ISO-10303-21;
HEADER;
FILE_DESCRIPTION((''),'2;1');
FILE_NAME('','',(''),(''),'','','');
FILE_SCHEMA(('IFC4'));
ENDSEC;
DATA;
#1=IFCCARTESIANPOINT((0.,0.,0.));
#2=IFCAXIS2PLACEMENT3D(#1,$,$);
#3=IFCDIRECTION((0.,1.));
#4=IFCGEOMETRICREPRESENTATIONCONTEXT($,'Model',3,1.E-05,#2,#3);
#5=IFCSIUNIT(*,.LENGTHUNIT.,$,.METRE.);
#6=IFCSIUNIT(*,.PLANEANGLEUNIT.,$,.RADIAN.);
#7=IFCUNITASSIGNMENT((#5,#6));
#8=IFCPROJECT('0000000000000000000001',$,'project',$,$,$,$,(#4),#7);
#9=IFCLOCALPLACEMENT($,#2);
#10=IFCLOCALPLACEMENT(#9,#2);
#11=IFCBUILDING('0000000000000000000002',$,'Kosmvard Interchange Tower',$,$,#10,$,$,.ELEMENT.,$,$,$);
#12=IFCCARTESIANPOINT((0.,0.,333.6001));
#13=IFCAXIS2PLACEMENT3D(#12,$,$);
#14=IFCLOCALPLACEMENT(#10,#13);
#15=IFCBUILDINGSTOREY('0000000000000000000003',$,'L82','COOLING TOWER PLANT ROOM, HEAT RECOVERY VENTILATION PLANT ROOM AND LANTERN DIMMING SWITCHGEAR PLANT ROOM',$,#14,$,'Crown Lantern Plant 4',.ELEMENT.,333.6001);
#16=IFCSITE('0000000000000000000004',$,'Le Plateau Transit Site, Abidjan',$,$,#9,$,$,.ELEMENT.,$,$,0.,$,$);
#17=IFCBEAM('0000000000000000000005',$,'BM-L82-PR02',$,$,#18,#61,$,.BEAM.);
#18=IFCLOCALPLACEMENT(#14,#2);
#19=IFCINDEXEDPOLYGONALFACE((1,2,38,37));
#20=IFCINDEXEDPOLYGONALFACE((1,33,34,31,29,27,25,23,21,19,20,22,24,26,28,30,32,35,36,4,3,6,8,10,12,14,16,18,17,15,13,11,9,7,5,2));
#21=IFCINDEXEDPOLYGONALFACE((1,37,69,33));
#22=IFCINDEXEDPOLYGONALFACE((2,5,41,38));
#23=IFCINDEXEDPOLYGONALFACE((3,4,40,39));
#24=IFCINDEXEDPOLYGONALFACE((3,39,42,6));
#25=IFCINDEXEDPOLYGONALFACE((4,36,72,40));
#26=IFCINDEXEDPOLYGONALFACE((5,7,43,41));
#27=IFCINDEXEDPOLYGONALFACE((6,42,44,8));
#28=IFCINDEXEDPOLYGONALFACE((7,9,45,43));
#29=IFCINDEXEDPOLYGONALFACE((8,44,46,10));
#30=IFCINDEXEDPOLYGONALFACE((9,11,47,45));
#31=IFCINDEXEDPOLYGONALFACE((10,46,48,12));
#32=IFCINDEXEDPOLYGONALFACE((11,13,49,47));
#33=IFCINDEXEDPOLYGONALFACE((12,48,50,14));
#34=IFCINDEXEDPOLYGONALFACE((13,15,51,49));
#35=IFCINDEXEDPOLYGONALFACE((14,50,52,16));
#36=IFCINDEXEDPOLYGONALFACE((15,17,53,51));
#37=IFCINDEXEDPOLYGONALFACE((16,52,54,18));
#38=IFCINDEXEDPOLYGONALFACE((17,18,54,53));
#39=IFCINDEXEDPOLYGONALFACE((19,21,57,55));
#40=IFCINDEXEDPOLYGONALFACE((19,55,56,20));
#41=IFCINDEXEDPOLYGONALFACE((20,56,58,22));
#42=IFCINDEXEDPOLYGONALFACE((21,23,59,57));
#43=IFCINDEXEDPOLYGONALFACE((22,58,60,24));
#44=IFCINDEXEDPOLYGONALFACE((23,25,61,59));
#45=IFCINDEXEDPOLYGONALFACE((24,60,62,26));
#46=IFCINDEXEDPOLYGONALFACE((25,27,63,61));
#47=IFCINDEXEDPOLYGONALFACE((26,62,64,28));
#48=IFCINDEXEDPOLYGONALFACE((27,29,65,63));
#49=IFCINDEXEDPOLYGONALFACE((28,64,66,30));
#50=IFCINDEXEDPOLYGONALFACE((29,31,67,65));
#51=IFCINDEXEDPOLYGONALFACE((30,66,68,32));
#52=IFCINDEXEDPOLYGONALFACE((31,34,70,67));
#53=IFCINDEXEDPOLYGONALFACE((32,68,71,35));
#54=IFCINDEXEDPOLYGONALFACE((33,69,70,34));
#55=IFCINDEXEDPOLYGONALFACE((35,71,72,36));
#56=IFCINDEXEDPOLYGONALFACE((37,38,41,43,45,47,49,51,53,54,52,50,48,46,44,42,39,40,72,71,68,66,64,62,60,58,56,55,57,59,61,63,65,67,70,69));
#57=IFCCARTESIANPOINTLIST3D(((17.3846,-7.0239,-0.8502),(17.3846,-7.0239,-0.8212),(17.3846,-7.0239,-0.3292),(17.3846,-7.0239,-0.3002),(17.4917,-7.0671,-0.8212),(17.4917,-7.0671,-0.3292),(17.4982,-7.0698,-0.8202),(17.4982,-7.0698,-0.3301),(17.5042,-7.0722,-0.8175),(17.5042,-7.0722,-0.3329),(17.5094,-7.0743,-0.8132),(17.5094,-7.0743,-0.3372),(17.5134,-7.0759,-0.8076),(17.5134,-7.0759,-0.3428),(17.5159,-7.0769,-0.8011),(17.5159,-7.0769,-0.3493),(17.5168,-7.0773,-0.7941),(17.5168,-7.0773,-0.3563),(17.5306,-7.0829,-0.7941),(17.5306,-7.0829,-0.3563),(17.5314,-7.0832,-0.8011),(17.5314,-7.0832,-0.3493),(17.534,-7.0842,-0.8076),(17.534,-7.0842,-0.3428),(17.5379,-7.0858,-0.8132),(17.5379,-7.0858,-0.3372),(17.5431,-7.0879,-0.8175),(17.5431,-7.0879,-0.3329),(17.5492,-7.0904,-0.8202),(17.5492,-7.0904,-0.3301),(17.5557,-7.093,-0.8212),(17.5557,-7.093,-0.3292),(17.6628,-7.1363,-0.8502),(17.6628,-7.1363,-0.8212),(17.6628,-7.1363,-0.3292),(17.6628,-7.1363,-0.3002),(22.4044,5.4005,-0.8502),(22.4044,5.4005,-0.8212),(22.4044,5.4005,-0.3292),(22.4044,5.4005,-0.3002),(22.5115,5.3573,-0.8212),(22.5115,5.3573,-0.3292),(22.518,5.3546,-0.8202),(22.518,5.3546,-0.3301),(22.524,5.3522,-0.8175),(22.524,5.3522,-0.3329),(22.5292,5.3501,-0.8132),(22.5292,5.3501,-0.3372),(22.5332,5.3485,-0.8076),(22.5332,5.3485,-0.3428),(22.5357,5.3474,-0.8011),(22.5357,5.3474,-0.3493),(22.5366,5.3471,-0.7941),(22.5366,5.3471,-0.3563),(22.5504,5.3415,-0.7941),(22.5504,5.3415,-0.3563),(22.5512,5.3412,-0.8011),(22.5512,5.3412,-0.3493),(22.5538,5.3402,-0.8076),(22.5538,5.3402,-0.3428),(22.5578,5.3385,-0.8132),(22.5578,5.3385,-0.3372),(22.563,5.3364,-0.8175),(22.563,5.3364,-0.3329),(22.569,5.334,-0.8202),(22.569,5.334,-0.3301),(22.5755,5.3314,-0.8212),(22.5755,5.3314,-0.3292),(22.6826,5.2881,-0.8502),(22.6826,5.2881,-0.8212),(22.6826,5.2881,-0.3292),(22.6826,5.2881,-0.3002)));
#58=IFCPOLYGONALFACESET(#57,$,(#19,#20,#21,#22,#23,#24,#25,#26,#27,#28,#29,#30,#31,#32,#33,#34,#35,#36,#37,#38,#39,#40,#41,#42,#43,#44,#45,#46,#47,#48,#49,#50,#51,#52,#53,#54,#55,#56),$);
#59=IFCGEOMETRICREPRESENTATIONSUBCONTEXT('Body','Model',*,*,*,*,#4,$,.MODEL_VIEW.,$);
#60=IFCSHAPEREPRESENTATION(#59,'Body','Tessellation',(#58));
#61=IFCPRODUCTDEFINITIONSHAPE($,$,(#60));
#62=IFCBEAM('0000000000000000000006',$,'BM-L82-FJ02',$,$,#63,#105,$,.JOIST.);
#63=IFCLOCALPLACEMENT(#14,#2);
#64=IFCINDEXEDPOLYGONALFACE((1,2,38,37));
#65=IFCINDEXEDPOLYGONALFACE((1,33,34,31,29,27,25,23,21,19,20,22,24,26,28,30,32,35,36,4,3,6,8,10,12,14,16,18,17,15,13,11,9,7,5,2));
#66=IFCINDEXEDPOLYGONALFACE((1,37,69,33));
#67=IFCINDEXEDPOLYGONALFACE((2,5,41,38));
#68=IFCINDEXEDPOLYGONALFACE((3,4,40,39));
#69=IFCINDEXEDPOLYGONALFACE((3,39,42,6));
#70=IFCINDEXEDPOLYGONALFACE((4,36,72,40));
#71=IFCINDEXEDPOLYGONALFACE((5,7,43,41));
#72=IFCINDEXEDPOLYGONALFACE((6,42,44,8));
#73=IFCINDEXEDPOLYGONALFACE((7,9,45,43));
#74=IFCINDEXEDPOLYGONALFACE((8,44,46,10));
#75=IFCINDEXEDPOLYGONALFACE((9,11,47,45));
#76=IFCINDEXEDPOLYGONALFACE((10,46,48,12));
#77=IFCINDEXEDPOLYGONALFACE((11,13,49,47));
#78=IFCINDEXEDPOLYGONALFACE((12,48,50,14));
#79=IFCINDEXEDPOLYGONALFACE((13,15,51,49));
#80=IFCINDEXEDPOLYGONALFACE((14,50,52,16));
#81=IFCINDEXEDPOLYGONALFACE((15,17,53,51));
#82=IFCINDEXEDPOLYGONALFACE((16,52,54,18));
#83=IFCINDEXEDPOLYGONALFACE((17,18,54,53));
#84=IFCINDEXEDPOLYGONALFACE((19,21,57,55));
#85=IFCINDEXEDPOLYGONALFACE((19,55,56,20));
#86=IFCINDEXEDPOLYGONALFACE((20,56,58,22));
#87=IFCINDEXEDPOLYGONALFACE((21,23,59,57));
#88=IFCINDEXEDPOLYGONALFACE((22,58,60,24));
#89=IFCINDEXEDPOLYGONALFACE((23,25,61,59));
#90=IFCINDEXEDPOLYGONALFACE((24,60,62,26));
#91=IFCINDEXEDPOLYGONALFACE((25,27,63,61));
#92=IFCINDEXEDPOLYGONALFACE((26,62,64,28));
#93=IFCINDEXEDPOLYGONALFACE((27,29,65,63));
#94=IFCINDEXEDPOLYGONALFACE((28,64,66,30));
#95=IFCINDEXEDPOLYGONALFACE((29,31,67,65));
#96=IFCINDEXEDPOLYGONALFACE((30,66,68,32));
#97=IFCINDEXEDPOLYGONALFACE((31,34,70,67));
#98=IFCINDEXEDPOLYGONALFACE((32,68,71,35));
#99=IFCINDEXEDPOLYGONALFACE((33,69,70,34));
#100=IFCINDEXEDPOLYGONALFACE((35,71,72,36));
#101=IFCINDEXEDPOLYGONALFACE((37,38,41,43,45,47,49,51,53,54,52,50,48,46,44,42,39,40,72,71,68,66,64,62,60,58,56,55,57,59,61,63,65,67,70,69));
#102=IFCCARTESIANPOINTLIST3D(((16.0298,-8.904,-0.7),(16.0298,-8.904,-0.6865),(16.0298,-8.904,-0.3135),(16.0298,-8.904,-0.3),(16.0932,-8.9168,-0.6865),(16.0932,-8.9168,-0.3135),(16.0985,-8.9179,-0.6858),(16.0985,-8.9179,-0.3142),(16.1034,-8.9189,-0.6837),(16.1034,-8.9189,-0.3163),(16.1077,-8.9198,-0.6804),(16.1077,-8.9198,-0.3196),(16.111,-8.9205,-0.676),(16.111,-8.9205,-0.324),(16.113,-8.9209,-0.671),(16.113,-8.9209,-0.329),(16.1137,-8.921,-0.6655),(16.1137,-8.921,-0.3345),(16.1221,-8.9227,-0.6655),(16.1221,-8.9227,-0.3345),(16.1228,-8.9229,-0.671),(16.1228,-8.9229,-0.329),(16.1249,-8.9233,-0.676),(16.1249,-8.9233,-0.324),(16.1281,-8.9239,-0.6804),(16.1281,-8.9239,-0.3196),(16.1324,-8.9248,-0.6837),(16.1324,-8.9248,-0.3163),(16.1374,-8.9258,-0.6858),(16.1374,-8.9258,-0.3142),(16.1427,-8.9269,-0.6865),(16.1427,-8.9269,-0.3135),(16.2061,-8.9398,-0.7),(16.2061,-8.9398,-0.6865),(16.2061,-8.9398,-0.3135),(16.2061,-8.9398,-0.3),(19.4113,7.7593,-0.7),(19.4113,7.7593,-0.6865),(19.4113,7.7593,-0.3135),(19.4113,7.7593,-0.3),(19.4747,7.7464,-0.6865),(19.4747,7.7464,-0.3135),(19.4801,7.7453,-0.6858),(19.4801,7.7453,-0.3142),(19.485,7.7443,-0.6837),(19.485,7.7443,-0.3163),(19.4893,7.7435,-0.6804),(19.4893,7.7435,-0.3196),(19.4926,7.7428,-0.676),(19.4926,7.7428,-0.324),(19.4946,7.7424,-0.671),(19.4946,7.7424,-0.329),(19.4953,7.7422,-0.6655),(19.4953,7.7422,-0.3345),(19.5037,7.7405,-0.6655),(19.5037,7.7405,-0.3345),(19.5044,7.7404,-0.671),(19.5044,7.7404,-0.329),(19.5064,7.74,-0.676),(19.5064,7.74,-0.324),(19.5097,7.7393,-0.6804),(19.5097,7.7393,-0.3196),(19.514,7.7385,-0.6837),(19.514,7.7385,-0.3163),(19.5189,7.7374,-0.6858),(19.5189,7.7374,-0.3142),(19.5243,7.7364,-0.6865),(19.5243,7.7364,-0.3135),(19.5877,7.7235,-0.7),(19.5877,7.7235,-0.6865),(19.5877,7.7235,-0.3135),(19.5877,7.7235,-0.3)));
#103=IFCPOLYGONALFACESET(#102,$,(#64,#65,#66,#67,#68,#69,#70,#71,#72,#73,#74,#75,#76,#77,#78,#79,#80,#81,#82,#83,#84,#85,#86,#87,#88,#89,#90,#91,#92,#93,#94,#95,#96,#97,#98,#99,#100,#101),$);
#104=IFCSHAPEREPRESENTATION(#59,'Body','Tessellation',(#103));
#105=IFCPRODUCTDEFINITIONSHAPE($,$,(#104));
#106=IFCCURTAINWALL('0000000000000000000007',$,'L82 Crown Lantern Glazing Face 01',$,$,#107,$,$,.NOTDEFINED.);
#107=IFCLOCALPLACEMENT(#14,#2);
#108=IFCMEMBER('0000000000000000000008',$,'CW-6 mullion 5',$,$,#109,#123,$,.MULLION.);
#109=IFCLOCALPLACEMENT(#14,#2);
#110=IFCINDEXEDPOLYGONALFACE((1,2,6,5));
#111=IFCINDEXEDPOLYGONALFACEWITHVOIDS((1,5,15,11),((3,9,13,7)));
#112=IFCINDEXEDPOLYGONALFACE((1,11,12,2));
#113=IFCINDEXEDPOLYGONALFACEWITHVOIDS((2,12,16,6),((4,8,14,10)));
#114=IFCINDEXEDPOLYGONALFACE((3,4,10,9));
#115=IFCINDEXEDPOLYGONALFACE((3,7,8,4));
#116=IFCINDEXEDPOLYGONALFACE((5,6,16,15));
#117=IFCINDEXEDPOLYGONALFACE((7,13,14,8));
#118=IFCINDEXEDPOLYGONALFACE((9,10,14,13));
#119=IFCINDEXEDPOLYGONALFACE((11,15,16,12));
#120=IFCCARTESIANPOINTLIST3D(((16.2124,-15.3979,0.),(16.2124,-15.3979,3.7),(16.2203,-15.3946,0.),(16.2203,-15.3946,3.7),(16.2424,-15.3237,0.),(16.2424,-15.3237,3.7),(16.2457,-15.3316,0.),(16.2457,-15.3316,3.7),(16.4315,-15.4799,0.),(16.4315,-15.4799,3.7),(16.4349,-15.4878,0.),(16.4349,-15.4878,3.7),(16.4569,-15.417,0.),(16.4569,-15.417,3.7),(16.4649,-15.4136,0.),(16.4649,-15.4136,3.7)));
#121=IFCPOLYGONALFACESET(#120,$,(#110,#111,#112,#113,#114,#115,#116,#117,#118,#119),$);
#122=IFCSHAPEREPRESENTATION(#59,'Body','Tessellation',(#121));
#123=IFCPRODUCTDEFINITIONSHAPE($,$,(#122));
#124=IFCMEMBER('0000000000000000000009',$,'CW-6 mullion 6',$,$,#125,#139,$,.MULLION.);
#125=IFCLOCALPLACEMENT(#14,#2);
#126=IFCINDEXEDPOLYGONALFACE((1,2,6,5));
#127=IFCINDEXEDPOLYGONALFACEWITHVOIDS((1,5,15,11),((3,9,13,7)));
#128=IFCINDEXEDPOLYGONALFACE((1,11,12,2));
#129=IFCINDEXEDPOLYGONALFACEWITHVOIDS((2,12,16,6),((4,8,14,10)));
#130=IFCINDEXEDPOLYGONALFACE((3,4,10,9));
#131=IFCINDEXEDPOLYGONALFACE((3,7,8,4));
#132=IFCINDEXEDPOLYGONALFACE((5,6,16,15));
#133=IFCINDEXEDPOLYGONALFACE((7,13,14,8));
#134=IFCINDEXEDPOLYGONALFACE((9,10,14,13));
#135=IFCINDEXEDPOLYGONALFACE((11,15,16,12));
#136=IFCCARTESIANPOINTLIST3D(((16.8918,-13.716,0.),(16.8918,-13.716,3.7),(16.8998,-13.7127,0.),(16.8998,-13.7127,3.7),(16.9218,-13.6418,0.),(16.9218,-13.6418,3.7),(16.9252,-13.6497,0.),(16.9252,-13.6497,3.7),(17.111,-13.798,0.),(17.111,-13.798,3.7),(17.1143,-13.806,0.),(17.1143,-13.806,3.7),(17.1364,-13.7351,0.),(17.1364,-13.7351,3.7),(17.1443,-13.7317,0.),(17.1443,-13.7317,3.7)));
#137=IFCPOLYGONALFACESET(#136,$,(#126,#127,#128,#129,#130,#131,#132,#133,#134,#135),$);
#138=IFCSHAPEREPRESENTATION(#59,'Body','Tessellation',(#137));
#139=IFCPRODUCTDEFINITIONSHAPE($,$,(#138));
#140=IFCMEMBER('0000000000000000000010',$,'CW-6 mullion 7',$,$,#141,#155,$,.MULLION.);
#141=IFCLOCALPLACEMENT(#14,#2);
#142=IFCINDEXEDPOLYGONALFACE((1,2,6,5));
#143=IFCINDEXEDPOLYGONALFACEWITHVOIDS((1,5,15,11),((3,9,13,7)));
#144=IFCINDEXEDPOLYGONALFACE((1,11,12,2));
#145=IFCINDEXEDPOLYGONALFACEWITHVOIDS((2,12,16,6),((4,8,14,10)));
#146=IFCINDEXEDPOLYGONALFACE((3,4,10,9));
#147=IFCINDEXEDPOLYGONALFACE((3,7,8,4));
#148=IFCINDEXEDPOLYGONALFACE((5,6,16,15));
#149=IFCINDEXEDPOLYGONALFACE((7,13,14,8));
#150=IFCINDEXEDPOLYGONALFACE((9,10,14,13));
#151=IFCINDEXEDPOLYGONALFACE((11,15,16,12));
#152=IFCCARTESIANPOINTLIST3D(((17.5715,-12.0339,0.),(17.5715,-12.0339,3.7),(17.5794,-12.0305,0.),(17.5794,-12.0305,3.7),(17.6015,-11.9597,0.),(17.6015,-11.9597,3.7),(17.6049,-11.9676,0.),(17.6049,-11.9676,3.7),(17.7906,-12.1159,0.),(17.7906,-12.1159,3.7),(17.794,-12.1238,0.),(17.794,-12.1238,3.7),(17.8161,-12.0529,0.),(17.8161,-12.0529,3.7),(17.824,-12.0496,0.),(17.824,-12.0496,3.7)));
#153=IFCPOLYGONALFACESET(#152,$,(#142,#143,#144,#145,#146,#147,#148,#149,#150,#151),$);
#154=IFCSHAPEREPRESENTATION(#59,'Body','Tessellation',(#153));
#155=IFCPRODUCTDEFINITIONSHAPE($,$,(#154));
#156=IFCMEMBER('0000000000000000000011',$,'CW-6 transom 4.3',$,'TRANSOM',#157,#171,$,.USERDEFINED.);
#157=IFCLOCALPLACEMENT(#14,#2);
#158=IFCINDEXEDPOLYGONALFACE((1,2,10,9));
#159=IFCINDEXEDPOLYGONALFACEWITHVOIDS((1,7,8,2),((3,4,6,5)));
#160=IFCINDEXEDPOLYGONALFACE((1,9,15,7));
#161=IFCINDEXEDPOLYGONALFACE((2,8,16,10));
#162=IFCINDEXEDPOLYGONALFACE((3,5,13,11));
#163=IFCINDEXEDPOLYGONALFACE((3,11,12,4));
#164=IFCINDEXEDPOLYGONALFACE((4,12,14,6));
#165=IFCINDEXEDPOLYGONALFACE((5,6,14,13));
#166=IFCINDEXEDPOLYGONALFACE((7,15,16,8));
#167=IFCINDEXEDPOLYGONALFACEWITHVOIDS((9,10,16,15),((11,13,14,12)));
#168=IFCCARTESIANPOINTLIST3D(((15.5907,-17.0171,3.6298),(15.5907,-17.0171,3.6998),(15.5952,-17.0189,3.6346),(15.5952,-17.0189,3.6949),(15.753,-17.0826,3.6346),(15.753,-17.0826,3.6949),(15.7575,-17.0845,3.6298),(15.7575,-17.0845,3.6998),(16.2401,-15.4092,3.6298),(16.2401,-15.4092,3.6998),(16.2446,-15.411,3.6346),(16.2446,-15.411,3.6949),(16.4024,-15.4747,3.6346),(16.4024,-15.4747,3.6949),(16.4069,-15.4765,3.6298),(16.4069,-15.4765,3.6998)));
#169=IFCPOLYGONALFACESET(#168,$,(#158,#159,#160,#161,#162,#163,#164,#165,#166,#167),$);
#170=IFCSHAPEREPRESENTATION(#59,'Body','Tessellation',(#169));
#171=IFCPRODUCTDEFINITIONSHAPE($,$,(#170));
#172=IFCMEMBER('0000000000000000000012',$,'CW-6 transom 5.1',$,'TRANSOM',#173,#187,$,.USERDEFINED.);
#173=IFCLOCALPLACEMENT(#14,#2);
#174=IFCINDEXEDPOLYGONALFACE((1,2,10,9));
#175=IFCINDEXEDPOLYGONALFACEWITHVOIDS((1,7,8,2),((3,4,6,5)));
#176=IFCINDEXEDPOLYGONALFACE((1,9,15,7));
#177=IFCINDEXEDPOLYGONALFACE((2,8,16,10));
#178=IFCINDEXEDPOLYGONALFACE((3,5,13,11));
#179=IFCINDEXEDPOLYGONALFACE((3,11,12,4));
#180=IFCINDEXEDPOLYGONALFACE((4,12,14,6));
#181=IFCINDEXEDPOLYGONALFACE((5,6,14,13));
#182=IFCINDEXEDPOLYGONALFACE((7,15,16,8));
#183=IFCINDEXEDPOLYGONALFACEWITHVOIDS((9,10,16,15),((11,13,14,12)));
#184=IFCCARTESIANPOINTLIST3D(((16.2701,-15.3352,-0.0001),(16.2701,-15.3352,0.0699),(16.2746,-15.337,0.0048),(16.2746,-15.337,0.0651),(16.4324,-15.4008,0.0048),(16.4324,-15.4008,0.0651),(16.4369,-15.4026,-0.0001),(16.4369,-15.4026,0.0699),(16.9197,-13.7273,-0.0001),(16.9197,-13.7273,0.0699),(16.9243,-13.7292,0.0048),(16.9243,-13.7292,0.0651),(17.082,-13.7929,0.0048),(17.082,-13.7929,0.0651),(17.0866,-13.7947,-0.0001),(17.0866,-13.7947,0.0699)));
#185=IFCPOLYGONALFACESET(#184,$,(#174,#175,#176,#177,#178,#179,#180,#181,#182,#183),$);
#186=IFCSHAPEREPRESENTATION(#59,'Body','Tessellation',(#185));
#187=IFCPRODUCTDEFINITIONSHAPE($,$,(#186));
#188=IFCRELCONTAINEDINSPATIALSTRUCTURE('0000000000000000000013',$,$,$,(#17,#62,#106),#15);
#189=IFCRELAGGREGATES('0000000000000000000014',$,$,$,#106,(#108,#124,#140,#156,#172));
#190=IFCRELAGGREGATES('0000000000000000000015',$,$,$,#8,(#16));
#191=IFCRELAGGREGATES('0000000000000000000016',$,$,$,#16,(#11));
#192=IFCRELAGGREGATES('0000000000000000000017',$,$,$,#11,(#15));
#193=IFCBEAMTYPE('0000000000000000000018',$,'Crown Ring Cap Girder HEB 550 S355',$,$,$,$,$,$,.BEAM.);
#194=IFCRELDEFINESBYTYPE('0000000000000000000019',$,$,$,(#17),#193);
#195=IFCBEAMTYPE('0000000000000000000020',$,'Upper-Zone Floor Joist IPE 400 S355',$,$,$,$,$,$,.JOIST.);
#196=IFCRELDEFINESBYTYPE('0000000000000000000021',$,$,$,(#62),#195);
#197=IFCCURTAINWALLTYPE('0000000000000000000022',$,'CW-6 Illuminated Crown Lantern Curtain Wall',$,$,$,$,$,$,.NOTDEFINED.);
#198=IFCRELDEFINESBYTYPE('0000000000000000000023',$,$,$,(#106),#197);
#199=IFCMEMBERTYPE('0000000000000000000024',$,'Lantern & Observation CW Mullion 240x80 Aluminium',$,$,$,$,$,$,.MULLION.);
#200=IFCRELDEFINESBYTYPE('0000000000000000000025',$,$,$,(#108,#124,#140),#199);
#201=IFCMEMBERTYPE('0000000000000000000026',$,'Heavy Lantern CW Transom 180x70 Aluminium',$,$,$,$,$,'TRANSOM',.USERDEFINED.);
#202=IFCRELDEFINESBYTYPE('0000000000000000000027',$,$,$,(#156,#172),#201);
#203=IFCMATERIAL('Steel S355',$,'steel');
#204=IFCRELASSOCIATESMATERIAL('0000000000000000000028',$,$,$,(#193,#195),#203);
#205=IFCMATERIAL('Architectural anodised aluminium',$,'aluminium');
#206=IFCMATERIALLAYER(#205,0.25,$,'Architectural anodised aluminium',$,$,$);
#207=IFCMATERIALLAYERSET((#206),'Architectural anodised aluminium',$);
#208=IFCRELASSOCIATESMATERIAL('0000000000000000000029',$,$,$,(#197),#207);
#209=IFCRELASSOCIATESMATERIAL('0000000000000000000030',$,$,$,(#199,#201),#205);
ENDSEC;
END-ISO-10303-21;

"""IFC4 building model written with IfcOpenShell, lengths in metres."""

from ifc_helpers import new_model, si_unit, direction, frame, origin, origin_2d, place, context, subcontext, project, spatial, hollow_rectangle, i_section, extrude, source, transform, mapped, material, layer, layer_set, material_profile, profile_set, type_object, element, aggregate, save


model = new_model("IFC4")

# Units and contexts
model_context = context("Model", 3, precision=1e-05, world=origin(), true_north=direction((0.0, 1.0)))
body_context = subcontext(model_context, "Body", "Model", "MODEL_VIEW")
ifc_project = project(units=[si_unit("LENGTHUNIT", "METRE"), si_unit("PLANEANGLEUNIT", "RADIAN")], contexts=[model_context])

# Site, building, storey
site_placement = place(None, origin())
site = spatial("IfcSite", under=ifc_project, at=site_placement, Name="Le Plateau Transit Site, Abidjan", CompositionType="ELEMENT", RefElevation=0.0)
building_placement = place(site_placement, origin())
building = spatial("IfcBuilding", under=site, at=building_placement, Name="Kosmvard Interchange Tower", CompositionType="ELEMENT")
storey_placement = place(building_placement, frame((0.0, 0.0, 333.6001)))
storey = spatial("IfcBuildingStorey", under=building, at=storey_placement, Name="L82", Description="COOLING TOWER PLANT ROOM, HEAT RECOVERY VENTILATION PLANT ROOM AND LANTERN DIMMING SWITCHGEAR PLANT ROOM", LongName="Crown Lantern Plant 4", CompositionType="ELEMENT", Elevation=333.6001)

# Shared definitions
ifc_material_1 = material(Name="Steel S355", Category="steel")

# Beams
ifc_material_profile_1 = material_profile(ifc_material_1, i_section(OverallWidth=0.3, OverallDepth=0.55, WebThickness=0.0149, FlangeThickness=0.0291, FilletRadius=0.0271, at=origin_2d()), Name="HEB 550")
ifc_profile_set_1 = profile_set([ifc_material_profile_1], Name="Steel S355")
beam_type_1 = type_object("IfcBeamType", Name="Crown Ring Cap Girder HEB 550 S355", PredefinedType="BEAM", material=ifc_profile_set_1)
shared_shape_1 = source(origin(), body_context, "Body", "SweptSolid", [
    extrude(i_section(OverallWidth=0.3, OverallDepth=0.55, WebThickness=0.0149, FlangeThickness=0.0291, FilletRadius=0.0271, at=origin_2d()), origin(), (0.0, 0.0, 1.0), 13.4001),
])
beam_1_placement = place(storey_placement, frame((17.5237, -7.0801, -0.5752), z_axis=(0.374608, 0.927183, 0.0), x_axis=(-0.927183, 0.374608, 0.0)))
element("IfcBeam", 1, at=beam_1_placement, inside=storey, type_object=beam_type_1, Name="BM-L82-PR02", PredefinedType="BEAM", context=body_context, shape_type="MappedRepresentation", body=[
    mapped(shared_shape_1, transform((0.0, 0.0, 0.0), scale=1.0)),
])
ifc_material_profile_2 = material_profile(ifc_material_1, i_section(OverallWidth=0.1799, OverallDepth=0.3999, WebThickness=0.0085, FlangeThickness=0.0134, FilletRadius=0.021, at=origin_2d()), Name="IPE 400")
ifc_profile_set_2 = profile_set([ifc_material_profile_2], Name="Steel S355")
beam_type_2 = type_object("IfcBeamType", Name="Upper-Zone Floor Joist IPE 400 S355", PredefinedType="JOIST", material=ifc_profile_set_2)
shared_shape_2 = source(origin(), body_context, "Body", "SweptSolid", [
    extrude(i_section(OverallWidth=0.1799, OverallDepth=0.3999, WebThickness=0.0085, FlangeThickness=0.0134, FilletRadius=0.021, at=origin_2d()), origin(), (0.0, 0.0, 1.0), 17.0029),
])
beam_2_placement = place(storey_placement, frame((16.1179, -8.9219, -0.5), z_axis=(0.198882, 0.980023, 0.0), x_axis=(-0.980023, 0.198882, 0.0)))
element("IfcBeam", 2, at=beam_2_placement, inside=storey, type_object=beam_type_2, Name="BM-L82-FJ02", PredefinedType="JOIST", context=body_context, shape_type="MappedRepresentation", body=[
    mapped(shared_shape_2, transform((0.0, 0.0, 0.0), scale=1.0)),
])

# Curtain wall, members
ifc_material_2 = material(Name="Architectural anodised aluminium", Category="aluminium")
ifc_layer_1 = layer(ifc_material_2, 0.25, Name="Architectural anodised aluminium")
ifc_layer_set_1 = layer_set([ifc_layer_1], Name="Architectural anodised aluminium")
curtain_wall_type = type_object("IfcCurtainWallType", Name="CW-6 Illuminated Crown Lantern Curtain Wall", PredefinedType="NOTDEFINED", material=ifc_layer_set_1)
curtain_wall_placement = place(storey_placement, origin())
curtain_wall = element("IfcCurtainWall", 3, at=curtain_wall_placement, inside=storey, type_object=curtain_wall_type, Name="L82 Crown Lantern Glazing Face 01", PredefinedType="NOTDEFINED")
ifc_material_profile_3 = material_profile(ifc_material_2, hollow_rectangle(XDim=0.24, YDim=0.0801, WallThickness=0.0061, at=origin_2d()), Name="CWM 240x80x6")
ifc_profile_set_3 = profile_set([ifc_material_profile_3], Name="Architectural anodised aluminium")
member_type_1 = type_object("IfcMemberType", Name="Lantern & Observation CW Mullion 240x80 Aluminium", PredefinedType="MULLION", material=ifc_profile_set_3)
shared_shape_3 = source(origin(), body_context, "Body", "SweptSolid", [
    extrude(hollow_rectangle(XDim=0.24, YDim=0.0801, WallThickness=0.0061, at=origin_2d()), origin(), (0.0, 0.0, 1.0), 3.7),
])
member_1_placement = place(storey_placement, frame((16.3386, -15.4058, 0.0), z_axis=(0.0, 0.0, 1.0), x_axis=(-0.927184, 0.374607, 0.0)))
member_1 = element("IfcMember", 4, at=member_1_placement, type_object=member_type_1, Name="CW-6 mullion 5", PredefinedType="MULLION", context=body_context, shape_type="MappedRepresentation", body=[
    mapped(shared_shape_3, transform((0.0, 0.0, 0.0), scale=1.0)),
])
member_2_placement = place(storey_placement, frame((17.0181, -13.7239, 0.0), z_axis=(0.0, 0.0, 1.0), x_axis=(-0.927184, 0.374607, 0.0)))
member_2 = element("IfcMember", 5, at=member_2_placement, type_object=member_type_1, Name="CW-6 mullion 6", PredefinedType="MULLION", context=body_context, shape_type="MappedRepresentation", body=[
    mapped(shared_shape_3, transform((0.0, 0.0, 0.0), scale=1.0)),
])
member_3_placement = place(storey_placement, frame((17.6978, -12.0417, 0.0), z_axis=(0.0, 0.0, 1.0), x_axis=(-0.927184, 0.374607, 0.0)))
member_3 = element("IfcMember", 6, at=member_3_placement, type_object=member_type_1, Name="CW-6 mullion 7", PredefinedType="MULLION", context=body_context, shape_type="MappedRepresentation", body=[
    mapped(shared_shape_3, transform((0.0, 0.0, 0.0), scale=1.0)),
])
ifc_material_profile_4 = material_profile(ifc_material_2, hollow_rectangle(XDim=0.1799, YDim=0.0701, WallThickness=0.0049, at=origin_2d()), Name="CWT 180x70x5")
ifc_profile_set_4 = profile_set([ifc_material_profile_4], Name="Architectural anodised aluminium")
member_type_2 = type_object("IfcMemberType", Name="Heavy Lantern CW Transom 180x70 Aluminium", ElementType="TRANSOM", PredefinedType="USERDEFINED", material=ifc_profile_set_4)
shared_shape_4 = source(origin(), body_context, "Body", "SweptSolid", [
    extrude(hollow_rectangle(XDim=0.1799, YDim=0.0701, WallThickness=0.0049, at=origin_2d()), origin(), (0.0, 0.0, 1.0), 1.7341),
])
member_4_placement = place(storey_placement, frame((15.6741, -17.0508, 3.6648), z_axis=(0.374496, 0.927229, 0.0), x_axis=(-0.927229, 0.374496, 0.0)))
member_4 = element("IfcMember", 7, at=member_4_placement, type_object=member_type_2, Name="CW-6 transom 4.3", ObjectType="TRANSOM", PredefinedType="USERDEFINED", context=body_context, shape_type="MappedRepresentation", body=[
    mapped(shared_shape_4, transform((0.0, 0.0, 0.0), scale=1.0)),
])
member_5_placement = place(storey_placement, frame((16.3535, -15.3689, 0.0349), z_axis=(0.374617, 0.92718, 0.0), x_axis=(-0.92718, 0.374617, 0.0)))
member_5 = element("IfcMember", 8, at=member_5_placement, type_object=member_type_2, Name="CW-6 transom 5.1", ObjectType="TRANSOM", PredefinedType="USERDEFINED", context=body_context, shape_type="MappedRepresentation", body=[
    mapped(shared_shape_4, transform((0.0, 0.0, 0.0), scale=1.0)),
])

aggregate(curtain_wall, [member_1, member_2, member_3, member_4, member_5])

save(model, "model.ifc")
